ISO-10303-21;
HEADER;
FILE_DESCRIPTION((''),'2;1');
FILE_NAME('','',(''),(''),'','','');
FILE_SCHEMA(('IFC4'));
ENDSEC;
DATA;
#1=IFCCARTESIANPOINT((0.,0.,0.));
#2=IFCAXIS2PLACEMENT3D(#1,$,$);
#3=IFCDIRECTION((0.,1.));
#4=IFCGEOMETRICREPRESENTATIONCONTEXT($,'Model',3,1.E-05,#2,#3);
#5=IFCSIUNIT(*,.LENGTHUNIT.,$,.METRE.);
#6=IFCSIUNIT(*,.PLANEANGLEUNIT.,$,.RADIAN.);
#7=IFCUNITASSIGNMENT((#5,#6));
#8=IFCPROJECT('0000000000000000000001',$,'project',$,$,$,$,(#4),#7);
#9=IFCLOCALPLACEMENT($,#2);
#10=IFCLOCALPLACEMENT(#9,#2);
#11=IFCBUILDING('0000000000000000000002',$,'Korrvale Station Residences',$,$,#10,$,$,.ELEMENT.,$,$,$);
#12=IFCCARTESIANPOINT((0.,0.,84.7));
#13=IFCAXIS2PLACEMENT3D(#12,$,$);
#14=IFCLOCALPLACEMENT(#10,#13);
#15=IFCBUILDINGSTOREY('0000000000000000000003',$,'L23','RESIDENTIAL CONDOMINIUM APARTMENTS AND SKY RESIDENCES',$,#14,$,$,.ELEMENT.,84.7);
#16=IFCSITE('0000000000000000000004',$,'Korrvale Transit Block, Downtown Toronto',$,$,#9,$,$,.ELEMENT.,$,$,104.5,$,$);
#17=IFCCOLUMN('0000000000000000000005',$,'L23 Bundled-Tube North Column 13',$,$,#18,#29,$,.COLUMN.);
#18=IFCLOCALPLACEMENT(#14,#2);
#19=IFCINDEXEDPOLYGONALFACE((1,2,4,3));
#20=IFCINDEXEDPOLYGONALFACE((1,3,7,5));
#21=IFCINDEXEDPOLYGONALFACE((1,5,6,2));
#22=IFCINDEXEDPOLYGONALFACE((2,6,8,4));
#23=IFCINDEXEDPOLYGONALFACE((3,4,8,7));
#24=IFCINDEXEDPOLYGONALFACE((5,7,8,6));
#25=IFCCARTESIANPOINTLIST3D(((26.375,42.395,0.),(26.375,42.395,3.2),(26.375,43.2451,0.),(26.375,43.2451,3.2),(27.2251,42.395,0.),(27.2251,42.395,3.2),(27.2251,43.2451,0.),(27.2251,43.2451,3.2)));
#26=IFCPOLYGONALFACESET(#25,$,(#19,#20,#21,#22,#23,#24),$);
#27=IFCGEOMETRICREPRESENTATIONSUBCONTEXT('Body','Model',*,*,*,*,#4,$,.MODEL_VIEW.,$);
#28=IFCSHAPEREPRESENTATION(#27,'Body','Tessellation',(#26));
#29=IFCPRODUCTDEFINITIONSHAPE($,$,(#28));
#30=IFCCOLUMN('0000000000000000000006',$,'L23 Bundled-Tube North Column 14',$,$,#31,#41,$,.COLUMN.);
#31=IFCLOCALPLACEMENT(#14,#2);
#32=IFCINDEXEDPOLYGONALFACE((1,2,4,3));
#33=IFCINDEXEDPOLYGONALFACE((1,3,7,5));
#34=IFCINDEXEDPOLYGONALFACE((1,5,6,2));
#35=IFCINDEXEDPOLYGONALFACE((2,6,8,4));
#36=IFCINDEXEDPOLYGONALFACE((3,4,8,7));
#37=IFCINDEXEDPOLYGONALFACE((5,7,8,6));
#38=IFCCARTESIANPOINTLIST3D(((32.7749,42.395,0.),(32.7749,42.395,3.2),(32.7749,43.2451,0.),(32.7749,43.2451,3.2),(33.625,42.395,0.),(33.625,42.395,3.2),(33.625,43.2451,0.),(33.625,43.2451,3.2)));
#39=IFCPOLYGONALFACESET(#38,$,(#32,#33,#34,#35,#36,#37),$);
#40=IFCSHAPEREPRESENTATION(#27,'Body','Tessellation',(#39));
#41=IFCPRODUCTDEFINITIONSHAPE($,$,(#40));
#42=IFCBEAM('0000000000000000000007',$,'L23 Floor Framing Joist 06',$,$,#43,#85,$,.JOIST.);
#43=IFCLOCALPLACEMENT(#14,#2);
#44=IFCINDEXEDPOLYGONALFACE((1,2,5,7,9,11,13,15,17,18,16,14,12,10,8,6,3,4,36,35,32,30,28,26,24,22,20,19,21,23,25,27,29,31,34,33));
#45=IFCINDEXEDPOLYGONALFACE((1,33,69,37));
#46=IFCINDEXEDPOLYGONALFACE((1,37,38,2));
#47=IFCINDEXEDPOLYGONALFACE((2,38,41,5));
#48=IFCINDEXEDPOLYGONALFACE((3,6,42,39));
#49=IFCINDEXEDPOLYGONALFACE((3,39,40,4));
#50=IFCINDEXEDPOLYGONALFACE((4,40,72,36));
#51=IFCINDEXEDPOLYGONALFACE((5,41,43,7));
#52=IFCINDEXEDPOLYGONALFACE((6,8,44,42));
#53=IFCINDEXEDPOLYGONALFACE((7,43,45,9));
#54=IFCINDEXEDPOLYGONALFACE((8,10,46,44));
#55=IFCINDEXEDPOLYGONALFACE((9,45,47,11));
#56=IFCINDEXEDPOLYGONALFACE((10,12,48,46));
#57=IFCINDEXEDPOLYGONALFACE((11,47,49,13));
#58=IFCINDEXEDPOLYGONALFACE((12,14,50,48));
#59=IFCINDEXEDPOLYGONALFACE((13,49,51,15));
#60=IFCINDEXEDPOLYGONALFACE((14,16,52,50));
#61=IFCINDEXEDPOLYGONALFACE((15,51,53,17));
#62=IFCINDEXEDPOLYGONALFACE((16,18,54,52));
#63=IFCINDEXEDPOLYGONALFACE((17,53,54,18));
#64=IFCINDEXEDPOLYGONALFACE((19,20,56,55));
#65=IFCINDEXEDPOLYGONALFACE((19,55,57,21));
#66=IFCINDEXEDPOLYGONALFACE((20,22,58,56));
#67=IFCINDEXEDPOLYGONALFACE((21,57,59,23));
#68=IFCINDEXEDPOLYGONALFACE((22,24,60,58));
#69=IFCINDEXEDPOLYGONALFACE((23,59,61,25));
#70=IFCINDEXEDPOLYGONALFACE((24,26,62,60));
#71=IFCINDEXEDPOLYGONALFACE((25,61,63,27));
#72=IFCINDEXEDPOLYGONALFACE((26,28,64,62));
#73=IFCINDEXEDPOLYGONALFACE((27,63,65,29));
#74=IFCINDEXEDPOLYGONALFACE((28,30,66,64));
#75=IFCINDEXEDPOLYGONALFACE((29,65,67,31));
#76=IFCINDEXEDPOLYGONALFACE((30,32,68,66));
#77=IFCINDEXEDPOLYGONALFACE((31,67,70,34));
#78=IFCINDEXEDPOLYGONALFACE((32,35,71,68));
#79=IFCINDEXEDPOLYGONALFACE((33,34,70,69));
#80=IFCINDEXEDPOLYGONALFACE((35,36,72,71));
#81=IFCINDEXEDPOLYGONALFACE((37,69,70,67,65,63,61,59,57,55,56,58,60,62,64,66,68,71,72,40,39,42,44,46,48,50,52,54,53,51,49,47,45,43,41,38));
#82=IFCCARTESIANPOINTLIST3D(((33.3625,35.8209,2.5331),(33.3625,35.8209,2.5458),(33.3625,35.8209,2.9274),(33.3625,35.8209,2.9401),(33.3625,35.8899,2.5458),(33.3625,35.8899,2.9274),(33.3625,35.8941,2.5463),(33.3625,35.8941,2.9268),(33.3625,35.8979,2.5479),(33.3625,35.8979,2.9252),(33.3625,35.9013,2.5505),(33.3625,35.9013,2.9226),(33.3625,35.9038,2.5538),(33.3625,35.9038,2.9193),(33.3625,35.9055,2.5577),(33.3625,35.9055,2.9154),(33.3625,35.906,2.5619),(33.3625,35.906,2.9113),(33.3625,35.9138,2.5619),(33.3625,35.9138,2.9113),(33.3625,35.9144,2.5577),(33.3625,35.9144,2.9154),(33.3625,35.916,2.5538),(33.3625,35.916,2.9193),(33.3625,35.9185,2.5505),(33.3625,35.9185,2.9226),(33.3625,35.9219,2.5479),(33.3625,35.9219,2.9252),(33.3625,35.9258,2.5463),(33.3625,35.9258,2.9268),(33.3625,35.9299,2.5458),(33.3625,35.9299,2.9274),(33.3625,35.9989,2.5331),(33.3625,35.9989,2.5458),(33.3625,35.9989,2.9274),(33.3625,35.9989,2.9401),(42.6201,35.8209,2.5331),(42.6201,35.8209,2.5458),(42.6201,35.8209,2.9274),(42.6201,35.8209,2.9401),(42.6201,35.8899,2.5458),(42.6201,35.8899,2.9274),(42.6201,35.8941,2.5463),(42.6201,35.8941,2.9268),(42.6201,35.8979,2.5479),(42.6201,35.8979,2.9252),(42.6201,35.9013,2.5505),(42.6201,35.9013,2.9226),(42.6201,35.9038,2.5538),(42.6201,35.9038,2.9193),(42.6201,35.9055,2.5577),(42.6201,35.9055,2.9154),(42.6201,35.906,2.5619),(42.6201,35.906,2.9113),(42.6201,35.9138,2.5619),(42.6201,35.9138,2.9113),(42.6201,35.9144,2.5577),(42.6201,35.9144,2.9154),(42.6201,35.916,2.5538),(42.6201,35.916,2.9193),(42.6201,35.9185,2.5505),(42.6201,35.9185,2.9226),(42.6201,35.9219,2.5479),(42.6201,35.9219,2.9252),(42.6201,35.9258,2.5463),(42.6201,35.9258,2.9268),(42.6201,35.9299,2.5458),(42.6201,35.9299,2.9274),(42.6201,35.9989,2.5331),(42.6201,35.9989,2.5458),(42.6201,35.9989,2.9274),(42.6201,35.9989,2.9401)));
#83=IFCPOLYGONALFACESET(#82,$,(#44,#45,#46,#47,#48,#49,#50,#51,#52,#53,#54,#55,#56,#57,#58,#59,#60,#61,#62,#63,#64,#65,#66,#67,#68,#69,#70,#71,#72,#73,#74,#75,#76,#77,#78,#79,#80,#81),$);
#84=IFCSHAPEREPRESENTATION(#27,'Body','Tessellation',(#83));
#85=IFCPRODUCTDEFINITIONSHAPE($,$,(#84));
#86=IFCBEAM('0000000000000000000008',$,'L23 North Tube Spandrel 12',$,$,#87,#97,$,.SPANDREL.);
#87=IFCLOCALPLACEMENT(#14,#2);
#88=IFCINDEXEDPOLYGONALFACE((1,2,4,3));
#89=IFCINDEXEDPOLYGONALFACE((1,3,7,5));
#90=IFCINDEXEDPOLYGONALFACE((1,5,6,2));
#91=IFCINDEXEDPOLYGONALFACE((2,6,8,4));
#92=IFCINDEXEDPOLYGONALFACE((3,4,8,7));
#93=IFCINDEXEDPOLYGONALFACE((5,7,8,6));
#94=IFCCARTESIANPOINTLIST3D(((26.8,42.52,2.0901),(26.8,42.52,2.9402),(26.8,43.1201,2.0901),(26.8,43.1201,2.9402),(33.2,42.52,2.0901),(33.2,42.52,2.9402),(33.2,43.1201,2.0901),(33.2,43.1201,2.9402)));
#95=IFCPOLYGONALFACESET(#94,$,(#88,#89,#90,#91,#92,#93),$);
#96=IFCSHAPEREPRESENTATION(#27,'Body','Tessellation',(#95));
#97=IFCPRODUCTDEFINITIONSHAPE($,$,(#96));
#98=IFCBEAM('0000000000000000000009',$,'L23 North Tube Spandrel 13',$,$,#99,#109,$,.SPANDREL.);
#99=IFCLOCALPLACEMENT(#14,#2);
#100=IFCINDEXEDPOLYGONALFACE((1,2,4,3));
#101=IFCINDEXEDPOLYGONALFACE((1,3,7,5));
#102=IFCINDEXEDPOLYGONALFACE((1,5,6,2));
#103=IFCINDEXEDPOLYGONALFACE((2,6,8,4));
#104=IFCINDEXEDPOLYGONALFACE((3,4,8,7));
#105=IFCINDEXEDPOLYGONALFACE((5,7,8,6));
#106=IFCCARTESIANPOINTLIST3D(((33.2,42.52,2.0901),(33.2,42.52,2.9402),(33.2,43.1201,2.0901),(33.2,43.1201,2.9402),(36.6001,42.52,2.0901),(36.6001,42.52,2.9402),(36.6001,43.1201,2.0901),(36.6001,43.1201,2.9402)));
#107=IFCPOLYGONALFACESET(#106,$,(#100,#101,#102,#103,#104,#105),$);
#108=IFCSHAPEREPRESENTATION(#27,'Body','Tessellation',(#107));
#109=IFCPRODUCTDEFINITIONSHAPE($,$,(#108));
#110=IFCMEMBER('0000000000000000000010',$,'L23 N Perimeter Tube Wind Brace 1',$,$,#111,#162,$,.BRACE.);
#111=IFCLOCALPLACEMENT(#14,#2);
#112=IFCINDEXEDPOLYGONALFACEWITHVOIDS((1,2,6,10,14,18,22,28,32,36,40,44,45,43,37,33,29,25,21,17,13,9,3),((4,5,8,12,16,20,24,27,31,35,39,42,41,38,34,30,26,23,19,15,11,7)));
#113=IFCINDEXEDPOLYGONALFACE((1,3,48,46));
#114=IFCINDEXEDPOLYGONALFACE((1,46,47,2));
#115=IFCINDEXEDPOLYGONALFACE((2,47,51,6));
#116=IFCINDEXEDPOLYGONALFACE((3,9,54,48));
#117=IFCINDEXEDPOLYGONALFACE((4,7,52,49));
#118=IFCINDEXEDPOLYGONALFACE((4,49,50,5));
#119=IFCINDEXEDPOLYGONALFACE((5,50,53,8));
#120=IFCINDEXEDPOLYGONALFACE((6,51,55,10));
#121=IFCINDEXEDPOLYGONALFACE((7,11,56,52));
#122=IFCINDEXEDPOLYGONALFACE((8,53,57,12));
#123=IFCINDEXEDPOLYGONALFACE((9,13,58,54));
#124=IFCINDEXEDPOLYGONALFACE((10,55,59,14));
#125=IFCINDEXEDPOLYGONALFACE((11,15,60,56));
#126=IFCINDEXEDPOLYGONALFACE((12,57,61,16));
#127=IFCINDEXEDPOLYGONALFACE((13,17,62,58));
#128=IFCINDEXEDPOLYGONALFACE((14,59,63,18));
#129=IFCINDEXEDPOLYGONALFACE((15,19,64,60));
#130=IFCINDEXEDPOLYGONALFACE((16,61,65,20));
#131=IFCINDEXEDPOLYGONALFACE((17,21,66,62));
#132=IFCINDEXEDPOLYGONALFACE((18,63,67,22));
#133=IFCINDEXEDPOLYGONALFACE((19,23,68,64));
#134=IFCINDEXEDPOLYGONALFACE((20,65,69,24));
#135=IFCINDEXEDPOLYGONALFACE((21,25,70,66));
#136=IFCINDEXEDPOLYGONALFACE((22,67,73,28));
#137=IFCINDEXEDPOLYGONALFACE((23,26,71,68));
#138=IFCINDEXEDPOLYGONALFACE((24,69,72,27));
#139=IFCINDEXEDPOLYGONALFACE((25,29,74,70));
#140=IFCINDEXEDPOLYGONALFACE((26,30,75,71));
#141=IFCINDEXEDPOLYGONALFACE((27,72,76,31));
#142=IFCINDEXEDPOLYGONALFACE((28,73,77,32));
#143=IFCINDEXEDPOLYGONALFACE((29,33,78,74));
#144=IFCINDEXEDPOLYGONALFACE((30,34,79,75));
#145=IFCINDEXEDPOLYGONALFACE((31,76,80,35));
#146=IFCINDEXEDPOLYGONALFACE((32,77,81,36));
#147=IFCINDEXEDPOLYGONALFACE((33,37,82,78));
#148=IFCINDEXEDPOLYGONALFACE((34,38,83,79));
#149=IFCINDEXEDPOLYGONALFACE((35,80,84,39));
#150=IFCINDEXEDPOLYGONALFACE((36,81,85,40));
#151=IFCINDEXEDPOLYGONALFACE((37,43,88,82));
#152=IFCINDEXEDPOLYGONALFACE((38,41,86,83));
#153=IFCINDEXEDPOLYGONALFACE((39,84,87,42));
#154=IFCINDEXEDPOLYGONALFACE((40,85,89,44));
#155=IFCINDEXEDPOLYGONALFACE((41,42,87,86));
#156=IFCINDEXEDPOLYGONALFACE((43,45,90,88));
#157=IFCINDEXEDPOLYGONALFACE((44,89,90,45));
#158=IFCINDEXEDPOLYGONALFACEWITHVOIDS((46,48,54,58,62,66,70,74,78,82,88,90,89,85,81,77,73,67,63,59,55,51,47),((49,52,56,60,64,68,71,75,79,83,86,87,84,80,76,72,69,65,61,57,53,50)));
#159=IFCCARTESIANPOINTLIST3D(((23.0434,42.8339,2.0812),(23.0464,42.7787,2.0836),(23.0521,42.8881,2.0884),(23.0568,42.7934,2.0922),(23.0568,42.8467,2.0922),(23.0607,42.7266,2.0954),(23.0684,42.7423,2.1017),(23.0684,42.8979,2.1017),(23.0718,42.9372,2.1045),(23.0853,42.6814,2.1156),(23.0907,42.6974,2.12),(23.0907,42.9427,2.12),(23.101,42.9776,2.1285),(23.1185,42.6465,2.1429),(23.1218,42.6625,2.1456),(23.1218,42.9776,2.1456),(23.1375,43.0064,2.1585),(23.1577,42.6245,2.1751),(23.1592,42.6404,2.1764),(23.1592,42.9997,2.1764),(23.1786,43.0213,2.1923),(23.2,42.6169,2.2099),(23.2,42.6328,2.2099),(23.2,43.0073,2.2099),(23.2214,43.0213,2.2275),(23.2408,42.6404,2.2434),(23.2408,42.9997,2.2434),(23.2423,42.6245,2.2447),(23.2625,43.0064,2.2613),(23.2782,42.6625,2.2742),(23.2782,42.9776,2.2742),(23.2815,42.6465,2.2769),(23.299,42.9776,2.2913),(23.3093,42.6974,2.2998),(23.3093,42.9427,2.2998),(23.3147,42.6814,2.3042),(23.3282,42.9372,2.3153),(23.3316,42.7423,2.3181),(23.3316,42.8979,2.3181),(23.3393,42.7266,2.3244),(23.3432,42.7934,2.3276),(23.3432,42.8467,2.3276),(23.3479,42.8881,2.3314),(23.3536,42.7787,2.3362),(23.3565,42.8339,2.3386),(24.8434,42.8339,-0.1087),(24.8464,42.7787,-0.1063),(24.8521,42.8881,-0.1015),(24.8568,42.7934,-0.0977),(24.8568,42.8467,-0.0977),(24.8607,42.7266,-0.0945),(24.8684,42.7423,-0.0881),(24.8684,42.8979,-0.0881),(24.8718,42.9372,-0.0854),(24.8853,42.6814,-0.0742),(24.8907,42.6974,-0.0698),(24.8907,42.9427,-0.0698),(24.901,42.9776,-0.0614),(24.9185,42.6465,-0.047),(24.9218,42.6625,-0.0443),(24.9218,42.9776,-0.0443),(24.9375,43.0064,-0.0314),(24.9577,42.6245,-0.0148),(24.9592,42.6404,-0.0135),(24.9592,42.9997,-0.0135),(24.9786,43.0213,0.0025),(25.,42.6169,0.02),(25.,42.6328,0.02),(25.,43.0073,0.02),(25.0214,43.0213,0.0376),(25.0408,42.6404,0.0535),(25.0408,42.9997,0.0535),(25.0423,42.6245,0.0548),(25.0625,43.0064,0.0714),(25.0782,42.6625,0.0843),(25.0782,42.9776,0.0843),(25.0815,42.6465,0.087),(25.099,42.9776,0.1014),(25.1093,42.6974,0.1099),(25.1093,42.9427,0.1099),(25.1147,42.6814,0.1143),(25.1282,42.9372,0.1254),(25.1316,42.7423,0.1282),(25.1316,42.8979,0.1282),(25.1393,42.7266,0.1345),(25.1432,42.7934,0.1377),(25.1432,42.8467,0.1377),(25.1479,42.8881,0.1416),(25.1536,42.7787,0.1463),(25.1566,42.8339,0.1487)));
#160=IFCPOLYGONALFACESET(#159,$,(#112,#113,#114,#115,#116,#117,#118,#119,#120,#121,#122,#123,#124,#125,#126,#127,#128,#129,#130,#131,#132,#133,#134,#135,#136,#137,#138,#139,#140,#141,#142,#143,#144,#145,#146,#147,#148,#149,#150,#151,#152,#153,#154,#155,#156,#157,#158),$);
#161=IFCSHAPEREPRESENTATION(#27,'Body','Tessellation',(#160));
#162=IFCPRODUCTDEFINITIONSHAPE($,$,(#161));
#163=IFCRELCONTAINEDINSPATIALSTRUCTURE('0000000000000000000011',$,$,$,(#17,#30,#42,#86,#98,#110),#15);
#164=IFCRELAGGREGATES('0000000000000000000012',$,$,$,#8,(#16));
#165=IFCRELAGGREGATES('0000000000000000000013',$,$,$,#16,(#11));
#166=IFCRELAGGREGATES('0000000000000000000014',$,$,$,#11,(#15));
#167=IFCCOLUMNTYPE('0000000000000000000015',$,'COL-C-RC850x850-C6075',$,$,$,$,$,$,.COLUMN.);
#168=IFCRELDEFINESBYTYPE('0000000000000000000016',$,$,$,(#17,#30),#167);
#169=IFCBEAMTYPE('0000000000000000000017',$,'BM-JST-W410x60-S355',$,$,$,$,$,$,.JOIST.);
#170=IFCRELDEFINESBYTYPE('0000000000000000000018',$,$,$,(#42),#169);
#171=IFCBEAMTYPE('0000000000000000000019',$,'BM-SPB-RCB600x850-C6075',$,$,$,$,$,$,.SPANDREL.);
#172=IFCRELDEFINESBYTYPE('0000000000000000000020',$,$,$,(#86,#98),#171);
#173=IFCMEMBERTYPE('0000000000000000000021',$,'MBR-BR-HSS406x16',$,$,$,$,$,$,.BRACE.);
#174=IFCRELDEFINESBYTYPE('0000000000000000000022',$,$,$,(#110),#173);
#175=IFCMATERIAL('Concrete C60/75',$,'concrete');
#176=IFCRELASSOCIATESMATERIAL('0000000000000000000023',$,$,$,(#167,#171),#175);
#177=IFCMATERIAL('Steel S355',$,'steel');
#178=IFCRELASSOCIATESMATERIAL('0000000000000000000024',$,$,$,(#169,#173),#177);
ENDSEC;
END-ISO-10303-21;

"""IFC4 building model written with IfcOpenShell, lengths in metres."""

from ifc_helpers import new_model, si_unit, direction, frame, origin, origin_2d, place, context, subcontext, project, spatial, rectangle, hollow_circle, i_section, extrude, material, material_profile, profile_set, type_object, element, save


model = new_model("IFC4")

# Units and contexts
model_context = context("Model", 3, precision=1e-05, world=origin(), true_north=direction((0.0, 1.0)))
body_context = subcontext(model_context, "Body", "Model", "MODEL_VIEW")
ifc_project = project(units=[si_unit("LENGTHUNIT", "METRE"), si_unit("PLANEANGLEUNIT", "RADIAN")], contexts=[model_context])

# Site, building, storey
site_placement = place(None, origin())
site = spatial("IfcSite", under=ifc_project, at=site_placement, Name="Korrvale Transit Block, Downtown Toronto", CompositionType="ELEMENT", RefElevation=104.5)
building_placement = place(site_placement, origin())
building = spatial("IfcBuilding", under=site, at=building_placement, Name="Korrvale Station Residences", CompositionType="ELEMENT")
storey_placement = place(building_placement, frame((0.0, 0.0, 84.7)))
storey = spatial("IfcBuildingStorey", under=building, at=storey_placement, Name="L23", Description="RESIDENTIAL CONDOMINIUM APARTMENTS AND SKY RESIDENCES", CompositionType="ELEMENT", Elevation=84.7)

# Columns
ifc_material_1 = material(Name="Concrete C60/75", Category="concrete")
ifc_material_profile_1 = material_profile(ifc_material_1, rectangle(XDim=0.8501, YDim=0.8501, at=origin_2d()), Name="RC850x850")
ifc_profile_set_1 = profile_set([ifc_material_profile_1], Name="Concrete C60/75")
column_type = type_object("IfcColumnType", Name="COL-C-RC850x850-C6075", PredefinedType="COLUMN", material=ifc_profile_set_1)
for number, where, z_axis, x_axis, name in (
    (1, (26.8, 42.8201, 0.0), (0.0, 0.0, 1.0), (1.0, 0.0, 0.0), "L23 Bundled-Tube North Column 13"),
    (2, (33.2, 42.8201, 0.0), (0.0, 0.0, 1.0), (1.0, 0.0, 0.0), "L23 Bundled-Tube North Column 14"),
):
    element("IfcColumn", number, at=place(storey_placement, frame(where, z_axis=z_axis, x_axis=x_axis)), inside=storey, type_object=column_type, Name=name, PredefinedType="COLUMN", context=body_context, shape_type="SweptSolid", body=[
        extrude(rectangle(XDim=0.8501, YDim=0.8501, at=origin_2d()), origin(), (0.0, 0.0, 1.0), 3.2),
    ])

# Beams
ifc_material_2 = material(Name="Steel S355", Category="steel")
ifc_material_profile_2 = material_profile(ifc_material_2, i_section(OverallWidth=0.178, OverallDepth=0.407, WebThickness=0.0078, FlangeThickness=0.0127, FilletRadius=0.0161, at=origin_2d()), Name="W410x60")
ifc_profile_set_2 = profile_set([ifc_material_profile_2], Name="Steel S355")
beam_type_1 = type_object("IfcBeamType", Name="BM-JST-W410x60-S355", PredefinedType="JOIST", material=ifc_profile_set_2)
beam_1_placement = place(storey_placement, frame((33.3625, 35.9099, 2.7366), z_axis=(1.0, 0.0, 0.0), x_axis=(0.0, 1.0, 0.0)))
element("IfcBeam", 3, at=beam_1_placement, inside=storey, type_object=beam_type_1, Name="L23 Floor Framing Joist 06", PredefinedType="JOIST", context=body_context, shape_type="SweptSolid", body=[
    extrude(i_section(OverallWidth=0.178, OverallDepth=0.407, WebThickness=0.0078, FlangeThickness=0.0127, FilletRadius=0.0161, at=origin_2d()), origin(), (0.0, 0.0, 1.0), 9.2576),
])
ifc_material_profile_3 = material_profile(ifc_material_1, rectangle(XDim=0.6001, YDim=0.8501, at=origin_2d()), Name="RCB600x850")
ifc_profile_set_3 = profile_set([ifc_material_profile_3], Name="Concrete C60/75")
beam_type_2 = type_object("IfcBeamType", Name="BM-SPB-RCB600x850-C6075", PredefinedType="SPANDREL", material=ifc_profile_set_3)
beam_2_placement = place(storey_placement, frame((26.8, 42.8201, 2.5151), z_axis=(1.0, 0.0, 0.0), x_axis=(0.0, 1.0, 0.0)))
element("IfcBeam", 4, at=beam_2_placement, inside=storey, type_object=beam_type_2, Name="L23 North Tube Spandrel 12", PredefinedType="SPANDREL", context=body_context, shape_type="SweptSolid", body=[
    extrude(rectangle(XDim=0.6001, YDim=0.8501, at=origin_2d()), origin(), (0.0, 0.0, 1.0), 6.3999),
])
beam_3_placement = place(storey_placement, frame((33.2, 42.8201, 2.5151), z_axis=(1.0, 0.0, 0.0), x_axis=(0.0, 1.0, 0.0)))
element("IfcBeam", 5, at=beam_3_placement, inside=storey, type_object=beam_type_2, Name="L23 North Tube Spandrel 13", PredefinedType="SPANDREL", context=body_context, shape_type="SweptSolid", body=[
    extrude(rectangle(XDim=0.6001, YDim=0.8501, at=origin_2d()), origin(), (0.0, 0.0, 1.0), 3.4001),
])

# Member
ifc_material_profile_4 = material_profile(ifc_material_2, hollow_circle(Radius=0.2031, WallThickness=0.0159, at=origin_2d()), Name="HSS406x16")
ifc_profile_set_4 = profile_set([ifc_material_profile_4], Name="Steel S355")
member_type = type_object("IfcMemberType", Name="MBR-BR-HSS406x16", PredefinedType="BRACE", material=ifc_profile_set_4)
for number, where, z_axis, x_axis, name in (
    (6, (25.0, 42.8201, 0.02), (-0.634985, 0.0, 0.772524), (0.0, -1.0, 0.0), "L23 N Perimeter Tube Wind Brace 1"),
):
    element("IfcMember", number, at=place(storey_placement, frame(where, z_axis=z_axis, x_axis=x_axis)), inside=storey, type_object=member_type, Name=name, PredefinedType="BRACE", context=body_context, shape_type="SweptSolid", body=[
        extrude(hollow_circle(Radius=0.2031, WallThickness=0.0159, at=origin_2d()), origin(), (0.0, 0.0, 1.0), 2.8347),
    ])

save(model, "model.ifc")
